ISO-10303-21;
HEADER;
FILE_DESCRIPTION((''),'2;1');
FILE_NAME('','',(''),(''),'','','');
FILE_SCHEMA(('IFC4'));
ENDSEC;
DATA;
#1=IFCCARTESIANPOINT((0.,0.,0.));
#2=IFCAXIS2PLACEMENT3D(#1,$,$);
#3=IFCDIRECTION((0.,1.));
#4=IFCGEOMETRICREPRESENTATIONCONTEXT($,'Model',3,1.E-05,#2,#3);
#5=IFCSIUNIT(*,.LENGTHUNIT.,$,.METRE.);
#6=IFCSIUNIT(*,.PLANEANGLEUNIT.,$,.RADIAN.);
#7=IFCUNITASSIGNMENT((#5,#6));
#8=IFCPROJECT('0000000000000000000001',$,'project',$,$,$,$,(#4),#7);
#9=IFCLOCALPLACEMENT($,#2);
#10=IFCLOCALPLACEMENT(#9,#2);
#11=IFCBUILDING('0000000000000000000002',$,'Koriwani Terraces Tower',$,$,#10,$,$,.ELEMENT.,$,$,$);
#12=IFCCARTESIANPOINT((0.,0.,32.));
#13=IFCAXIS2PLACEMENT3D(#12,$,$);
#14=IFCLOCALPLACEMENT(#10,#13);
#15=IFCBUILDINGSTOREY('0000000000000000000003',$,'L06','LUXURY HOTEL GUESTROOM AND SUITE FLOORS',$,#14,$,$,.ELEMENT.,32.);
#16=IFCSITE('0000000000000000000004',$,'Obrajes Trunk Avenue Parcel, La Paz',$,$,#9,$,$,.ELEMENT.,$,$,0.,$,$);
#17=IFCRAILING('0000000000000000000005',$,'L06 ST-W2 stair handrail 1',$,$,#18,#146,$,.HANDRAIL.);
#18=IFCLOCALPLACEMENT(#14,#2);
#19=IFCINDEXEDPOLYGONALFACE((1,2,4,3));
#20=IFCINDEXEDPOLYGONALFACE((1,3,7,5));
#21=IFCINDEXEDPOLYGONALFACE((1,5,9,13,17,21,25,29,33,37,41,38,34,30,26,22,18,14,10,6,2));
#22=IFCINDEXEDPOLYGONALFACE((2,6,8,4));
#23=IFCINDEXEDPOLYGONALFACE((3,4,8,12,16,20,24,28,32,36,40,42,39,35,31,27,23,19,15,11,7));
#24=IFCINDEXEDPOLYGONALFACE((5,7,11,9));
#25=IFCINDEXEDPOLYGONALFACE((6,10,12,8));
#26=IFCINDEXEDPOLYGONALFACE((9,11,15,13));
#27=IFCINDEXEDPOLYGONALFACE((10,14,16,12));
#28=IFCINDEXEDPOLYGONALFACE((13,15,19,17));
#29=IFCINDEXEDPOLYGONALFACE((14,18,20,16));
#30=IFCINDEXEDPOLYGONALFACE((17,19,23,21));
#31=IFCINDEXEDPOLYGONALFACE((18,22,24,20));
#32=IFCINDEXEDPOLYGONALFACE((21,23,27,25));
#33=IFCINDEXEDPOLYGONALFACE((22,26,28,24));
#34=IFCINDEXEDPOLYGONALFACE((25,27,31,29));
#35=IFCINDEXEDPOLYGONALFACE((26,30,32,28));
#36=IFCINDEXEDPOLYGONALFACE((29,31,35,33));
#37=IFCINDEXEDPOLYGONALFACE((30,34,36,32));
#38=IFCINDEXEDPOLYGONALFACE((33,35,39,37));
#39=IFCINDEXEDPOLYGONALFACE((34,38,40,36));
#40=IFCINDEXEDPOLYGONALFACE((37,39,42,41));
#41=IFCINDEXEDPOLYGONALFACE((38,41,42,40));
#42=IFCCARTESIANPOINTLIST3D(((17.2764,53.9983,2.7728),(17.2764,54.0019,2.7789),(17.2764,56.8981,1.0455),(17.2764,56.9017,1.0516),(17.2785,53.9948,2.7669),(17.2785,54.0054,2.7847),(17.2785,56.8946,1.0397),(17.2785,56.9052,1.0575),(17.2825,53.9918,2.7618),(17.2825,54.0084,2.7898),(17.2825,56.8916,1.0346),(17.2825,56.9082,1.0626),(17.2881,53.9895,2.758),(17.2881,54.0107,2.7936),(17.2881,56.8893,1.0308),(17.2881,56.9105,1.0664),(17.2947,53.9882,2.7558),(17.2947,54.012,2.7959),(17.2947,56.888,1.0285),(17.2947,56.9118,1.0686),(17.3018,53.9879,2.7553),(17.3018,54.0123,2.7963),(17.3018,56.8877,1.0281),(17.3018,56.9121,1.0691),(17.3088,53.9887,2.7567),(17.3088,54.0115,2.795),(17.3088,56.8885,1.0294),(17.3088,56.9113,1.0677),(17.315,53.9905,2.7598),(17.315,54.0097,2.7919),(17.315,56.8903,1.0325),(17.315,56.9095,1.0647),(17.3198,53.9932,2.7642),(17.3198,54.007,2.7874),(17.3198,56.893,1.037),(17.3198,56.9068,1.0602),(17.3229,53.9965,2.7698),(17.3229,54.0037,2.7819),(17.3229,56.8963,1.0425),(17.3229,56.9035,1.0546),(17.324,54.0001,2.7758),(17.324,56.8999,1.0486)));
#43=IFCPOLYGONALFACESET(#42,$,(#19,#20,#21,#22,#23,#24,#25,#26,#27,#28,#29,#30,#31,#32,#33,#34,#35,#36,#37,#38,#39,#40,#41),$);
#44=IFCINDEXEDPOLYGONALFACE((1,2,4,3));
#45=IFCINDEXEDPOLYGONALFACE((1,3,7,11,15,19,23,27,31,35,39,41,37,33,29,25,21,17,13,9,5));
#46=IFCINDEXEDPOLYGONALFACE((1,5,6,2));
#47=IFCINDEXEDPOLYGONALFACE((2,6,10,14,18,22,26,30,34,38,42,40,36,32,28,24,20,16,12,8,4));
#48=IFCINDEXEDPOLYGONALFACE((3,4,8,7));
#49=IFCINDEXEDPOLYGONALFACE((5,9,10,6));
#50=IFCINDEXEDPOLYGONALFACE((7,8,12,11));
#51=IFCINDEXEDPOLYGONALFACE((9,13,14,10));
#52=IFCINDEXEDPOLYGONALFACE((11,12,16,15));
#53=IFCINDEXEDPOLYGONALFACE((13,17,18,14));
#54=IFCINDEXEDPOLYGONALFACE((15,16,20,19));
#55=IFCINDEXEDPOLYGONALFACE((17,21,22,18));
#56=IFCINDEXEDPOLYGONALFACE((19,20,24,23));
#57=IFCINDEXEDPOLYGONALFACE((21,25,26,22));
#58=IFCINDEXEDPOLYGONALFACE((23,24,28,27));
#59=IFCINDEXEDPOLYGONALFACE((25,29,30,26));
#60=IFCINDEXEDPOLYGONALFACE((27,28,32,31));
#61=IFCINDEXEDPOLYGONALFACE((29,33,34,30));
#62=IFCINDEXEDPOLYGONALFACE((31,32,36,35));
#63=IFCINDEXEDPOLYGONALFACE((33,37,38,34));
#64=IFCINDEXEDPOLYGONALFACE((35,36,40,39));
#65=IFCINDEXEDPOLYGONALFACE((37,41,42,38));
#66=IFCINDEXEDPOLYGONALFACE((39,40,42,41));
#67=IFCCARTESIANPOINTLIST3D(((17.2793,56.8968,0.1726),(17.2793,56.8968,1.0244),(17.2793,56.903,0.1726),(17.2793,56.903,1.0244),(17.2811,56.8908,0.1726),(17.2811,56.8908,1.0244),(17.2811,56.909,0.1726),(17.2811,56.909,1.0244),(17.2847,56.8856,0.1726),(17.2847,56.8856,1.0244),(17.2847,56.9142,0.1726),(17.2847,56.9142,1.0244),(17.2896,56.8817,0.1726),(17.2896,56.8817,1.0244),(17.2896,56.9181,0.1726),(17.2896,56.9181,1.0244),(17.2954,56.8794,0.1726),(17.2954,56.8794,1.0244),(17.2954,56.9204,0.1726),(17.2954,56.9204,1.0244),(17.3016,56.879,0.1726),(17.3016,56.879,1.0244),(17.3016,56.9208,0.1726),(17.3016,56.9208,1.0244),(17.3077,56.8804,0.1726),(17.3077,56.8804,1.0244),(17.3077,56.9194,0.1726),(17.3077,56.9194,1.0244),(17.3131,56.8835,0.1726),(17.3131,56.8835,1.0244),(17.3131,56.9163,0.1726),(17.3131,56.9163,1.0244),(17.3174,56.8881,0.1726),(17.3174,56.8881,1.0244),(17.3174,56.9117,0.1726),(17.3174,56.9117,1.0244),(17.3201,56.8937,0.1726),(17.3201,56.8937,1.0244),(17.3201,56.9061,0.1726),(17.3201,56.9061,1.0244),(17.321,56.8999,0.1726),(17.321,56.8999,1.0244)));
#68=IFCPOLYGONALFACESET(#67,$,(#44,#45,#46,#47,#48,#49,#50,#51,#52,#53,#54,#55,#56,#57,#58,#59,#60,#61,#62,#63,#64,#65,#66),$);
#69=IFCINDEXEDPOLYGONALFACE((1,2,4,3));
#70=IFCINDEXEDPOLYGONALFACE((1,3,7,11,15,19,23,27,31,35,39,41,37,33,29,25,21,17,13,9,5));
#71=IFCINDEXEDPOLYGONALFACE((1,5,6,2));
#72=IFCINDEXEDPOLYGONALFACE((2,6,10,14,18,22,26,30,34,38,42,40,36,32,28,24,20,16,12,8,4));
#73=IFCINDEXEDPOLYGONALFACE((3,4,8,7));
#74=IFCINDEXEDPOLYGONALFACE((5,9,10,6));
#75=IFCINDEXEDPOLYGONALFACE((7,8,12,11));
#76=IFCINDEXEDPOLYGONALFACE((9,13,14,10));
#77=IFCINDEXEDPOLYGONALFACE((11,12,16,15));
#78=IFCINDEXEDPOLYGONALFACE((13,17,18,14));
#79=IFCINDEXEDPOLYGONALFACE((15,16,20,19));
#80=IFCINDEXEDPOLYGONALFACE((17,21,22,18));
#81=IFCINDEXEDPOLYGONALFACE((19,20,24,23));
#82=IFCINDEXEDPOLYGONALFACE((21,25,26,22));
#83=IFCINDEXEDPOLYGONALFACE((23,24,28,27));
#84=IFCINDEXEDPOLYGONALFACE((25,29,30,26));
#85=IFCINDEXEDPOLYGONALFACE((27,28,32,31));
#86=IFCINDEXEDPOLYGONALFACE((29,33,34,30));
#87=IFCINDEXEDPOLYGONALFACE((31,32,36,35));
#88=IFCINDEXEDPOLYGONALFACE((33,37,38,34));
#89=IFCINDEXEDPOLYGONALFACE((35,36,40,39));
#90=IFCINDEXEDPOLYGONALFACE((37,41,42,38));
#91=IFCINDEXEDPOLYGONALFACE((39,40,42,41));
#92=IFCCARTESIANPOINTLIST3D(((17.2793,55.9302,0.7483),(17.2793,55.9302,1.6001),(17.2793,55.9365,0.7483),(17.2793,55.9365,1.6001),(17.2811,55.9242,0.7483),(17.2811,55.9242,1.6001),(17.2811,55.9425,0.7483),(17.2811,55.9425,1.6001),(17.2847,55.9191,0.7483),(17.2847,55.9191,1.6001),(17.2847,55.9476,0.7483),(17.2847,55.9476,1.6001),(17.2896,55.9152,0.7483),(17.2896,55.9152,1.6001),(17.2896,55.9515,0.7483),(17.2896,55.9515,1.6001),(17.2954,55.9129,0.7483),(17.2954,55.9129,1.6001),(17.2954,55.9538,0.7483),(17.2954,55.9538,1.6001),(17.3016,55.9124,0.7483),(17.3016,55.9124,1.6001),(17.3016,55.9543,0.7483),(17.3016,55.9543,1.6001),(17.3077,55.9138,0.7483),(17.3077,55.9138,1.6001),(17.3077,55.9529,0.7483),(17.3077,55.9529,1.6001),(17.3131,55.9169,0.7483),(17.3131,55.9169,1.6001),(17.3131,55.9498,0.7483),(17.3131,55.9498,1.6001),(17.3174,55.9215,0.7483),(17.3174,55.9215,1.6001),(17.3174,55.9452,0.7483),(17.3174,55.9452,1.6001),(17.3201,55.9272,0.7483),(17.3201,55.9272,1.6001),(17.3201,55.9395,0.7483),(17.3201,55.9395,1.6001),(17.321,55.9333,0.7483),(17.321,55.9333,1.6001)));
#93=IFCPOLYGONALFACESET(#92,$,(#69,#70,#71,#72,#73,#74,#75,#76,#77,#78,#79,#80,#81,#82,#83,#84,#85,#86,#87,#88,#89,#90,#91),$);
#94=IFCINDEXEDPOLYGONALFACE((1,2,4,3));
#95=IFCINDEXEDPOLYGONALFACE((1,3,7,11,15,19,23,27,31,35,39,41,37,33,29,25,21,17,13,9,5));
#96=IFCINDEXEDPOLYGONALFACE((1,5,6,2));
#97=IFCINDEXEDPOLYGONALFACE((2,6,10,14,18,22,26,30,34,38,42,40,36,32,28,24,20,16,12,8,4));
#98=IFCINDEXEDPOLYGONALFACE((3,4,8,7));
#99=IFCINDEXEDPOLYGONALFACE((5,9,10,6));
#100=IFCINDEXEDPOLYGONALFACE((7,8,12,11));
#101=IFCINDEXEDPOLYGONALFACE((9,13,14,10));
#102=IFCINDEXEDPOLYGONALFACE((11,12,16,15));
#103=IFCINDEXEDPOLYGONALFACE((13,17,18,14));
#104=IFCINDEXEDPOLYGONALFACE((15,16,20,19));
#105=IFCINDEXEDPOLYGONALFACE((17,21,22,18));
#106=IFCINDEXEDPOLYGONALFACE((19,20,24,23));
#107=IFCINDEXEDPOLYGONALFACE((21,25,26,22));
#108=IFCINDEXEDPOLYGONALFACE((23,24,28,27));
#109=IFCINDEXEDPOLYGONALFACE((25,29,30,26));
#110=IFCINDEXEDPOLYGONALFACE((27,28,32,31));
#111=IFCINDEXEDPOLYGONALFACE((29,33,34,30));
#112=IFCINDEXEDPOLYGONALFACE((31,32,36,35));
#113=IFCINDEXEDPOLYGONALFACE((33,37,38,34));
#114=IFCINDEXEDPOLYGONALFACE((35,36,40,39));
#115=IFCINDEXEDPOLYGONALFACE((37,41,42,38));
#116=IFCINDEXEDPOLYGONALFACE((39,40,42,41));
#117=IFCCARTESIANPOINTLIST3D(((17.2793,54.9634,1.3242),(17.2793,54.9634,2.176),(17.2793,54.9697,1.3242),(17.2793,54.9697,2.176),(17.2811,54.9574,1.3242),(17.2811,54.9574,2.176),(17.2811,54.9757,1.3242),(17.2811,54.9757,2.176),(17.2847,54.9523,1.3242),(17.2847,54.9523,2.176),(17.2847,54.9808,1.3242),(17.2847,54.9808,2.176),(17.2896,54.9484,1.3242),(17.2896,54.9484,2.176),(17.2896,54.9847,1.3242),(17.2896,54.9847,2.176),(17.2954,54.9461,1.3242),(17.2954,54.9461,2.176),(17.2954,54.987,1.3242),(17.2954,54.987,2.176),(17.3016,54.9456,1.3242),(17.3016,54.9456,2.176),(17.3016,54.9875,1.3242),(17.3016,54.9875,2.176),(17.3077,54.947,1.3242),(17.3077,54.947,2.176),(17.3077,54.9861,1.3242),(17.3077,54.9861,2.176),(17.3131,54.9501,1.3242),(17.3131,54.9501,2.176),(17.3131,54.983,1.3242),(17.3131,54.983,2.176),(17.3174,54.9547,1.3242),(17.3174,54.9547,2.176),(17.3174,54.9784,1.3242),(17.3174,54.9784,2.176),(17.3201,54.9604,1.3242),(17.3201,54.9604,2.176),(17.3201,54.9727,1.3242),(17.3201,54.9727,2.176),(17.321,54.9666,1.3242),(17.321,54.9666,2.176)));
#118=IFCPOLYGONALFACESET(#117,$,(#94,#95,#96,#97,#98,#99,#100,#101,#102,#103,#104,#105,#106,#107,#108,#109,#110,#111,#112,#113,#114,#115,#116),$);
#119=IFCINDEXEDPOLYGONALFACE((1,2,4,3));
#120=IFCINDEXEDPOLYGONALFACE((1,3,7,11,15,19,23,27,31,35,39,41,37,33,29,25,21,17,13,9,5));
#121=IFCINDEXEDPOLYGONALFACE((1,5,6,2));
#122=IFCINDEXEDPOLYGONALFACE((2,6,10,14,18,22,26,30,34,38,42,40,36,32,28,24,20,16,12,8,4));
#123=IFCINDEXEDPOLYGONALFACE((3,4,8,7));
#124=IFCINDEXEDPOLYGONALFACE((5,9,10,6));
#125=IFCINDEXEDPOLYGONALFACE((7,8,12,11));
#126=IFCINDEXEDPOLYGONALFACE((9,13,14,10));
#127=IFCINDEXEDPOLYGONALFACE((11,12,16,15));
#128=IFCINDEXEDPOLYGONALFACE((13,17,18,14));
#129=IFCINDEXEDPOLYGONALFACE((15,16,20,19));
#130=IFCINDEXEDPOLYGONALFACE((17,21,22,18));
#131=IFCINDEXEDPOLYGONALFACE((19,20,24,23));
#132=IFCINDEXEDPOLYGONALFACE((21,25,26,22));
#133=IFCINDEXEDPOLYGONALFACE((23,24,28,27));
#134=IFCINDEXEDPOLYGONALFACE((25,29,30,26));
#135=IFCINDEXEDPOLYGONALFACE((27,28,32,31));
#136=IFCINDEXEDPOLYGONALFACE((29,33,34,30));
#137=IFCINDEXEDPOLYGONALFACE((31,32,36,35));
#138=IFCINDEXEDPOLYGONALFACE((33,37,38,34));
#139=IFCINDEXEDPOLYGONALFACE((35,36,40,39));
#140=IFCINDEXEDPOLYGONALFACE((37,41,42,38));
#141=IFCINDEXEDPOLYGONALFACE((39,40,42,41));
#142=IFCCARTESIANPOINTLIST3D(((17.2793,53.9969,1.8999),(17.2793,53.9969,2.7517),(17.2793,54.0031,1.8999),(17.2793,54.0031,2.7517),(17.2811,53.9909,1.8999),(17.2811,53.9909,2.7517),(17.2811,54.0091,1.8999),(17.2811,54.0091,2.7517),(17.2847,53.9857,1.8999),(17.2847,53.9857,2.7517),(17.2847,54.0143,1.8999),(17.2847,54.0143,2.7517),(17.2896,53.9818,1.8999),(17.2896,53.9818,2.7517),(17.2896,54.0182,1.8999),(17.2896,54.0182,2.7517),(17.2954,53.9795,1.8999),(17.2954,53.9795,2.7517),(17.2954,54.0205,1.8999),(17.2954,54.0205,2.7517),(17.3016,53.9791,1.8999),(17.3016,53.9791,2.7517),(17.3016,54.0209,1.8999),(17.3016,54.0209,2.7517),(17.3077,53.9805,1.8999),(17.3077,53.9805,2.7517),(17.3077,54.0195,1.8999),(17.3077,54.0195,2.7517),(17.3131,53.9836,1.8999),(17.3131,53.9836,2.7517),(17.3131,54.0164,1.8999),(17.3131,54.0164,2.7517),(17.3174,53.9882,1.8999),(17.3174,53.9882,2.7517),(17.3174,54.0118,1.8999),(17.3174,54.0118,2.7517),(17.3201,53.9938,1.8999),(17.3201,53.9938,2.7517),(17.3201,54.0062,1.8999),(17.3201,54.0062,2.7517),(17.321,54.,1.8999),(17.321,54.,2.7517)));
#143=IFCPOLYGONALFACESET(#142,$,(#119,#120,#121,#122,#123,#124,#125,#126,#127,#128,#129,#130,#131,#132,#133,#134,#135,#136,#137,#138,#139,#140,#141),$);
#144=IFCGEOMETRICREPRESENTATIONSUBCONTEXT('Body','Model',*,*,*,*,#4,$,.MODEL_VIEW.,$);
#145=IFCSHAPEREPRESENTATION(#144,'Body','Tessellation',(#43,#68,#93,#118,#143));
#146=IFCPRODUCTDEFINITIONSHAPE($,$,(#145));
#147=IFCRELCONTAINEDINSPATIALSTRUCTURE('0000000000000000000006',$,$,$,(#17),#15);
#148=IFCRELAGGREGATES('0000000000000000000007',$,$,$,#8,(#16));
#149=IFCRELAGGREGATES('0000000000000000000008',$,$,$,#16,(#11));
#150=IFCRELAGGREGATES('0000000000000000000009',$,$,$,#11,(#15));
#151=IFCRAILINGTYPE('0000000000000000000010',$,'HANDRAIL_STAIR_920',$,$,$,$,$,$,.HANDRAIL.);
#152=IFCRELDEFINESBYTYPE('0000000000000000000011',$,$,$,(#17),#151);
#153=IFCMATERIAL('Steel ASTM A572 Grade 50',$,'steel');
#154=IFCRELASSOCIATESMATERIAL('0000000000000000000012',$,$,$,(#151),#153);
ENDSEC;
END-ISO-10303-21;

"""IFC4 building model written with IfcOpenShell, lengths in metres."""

from ifc_helpers import new_model, si_unit, direction, frame, origin, origin_2d, place, context, subcontext, project, spatial, circle, extrude, material, type_object, element, save


model = new_model("IFC4")

# Units and contexts
model_context = context("Model", 3, precision=1e-05, world=origin(), true_north=direction((0.0, 1.0)))
body_context = subcontext(model_context, "Body", "Model", "MODEL_VIEW")
ifc_project = project(units=[si_unit("LENGTHUNIT", "METRE"), si_unit("PLANEANGLEUNIT", "RADIAN")], contexts=[model_context])

# Site, building, storey
site_placement = place(None, origin())
site = spatial("IfcSite", under=ifc_project, at=site_placement, Name="Obrajes Trunk Avenue Parcel, La Paz", CompositionType="ELEMENT", RefElevation=0.0)
building_placement = place(site_placement, origin())
building = spatial("IfcBuilding", under=site, at=building_placement, Name="Koriwani Terraces Tower", CompositionType="ELEMENT")
storey_placement = place(building_placement, frame((0.0, 0.0, 32.0)))
storey = spatial("IfcBuildingStorey", under=building, at=storey_placement, Name="L06", Description="LUXURY HOTEL GUESTROOM AND SUITE FLOORS", CompositionType="ELEMENT", Elevation=32.0)

# Shared definitions
ifc_material_1 = material(Name="Steel ASTM A572 Grade 50", Category="steel")

# Railing
railing_type_1 = type_object("IfcRailingType", Name="HANDRAIL_STAIR_920", PredefinedType="HANDRAIL", material=ifc_material_1)
railing_1_placement = place(storey_placement, frame((17.3, 56.8999, 0.1726)))
element("IfcRailing", 1, at=railing_1_placement, inside=storey, type_object=railing_type_1, Name="L06 ST-W2 stair handrail 1", PredefinedType="HANDRAIL", context=body_context, shape_type="SweptSolid", body=[
    extrude(circle(Radius=0.0239, at=origin_2d()), frame((0.0, 0.0, 0.876), z_axis=(0.0, -0.859141, 0.511738), x_axis=(1.0, 0.0, 0.0)), (0.0, 0.0, 1.0), 3.3752),
    extrude(circle(Radius=0.021, at=origin_2d()), origin(), (0.0, 0.0, 1.0), 0.8518),
    extrude(circle(Radius=0.021, at=origin_2d()), frame((0.0, -0.9666, 0.5757)), (0.0, 0.0, 1.0), 0.8518),
    extrude(circle(Radius=0.021, at=origin_2d()), frame((0.0, -1.9333, 1.1516)), (0.0, 0.0, 1.0), 0.8518),
    extrude(circle(Radius=0.021, at=origin_2d()), frame((0.0, -2.8999, 1.7273)), (0.0, 0.0, 1.0), 0.8518),
])

save(model, "model.ifc")
